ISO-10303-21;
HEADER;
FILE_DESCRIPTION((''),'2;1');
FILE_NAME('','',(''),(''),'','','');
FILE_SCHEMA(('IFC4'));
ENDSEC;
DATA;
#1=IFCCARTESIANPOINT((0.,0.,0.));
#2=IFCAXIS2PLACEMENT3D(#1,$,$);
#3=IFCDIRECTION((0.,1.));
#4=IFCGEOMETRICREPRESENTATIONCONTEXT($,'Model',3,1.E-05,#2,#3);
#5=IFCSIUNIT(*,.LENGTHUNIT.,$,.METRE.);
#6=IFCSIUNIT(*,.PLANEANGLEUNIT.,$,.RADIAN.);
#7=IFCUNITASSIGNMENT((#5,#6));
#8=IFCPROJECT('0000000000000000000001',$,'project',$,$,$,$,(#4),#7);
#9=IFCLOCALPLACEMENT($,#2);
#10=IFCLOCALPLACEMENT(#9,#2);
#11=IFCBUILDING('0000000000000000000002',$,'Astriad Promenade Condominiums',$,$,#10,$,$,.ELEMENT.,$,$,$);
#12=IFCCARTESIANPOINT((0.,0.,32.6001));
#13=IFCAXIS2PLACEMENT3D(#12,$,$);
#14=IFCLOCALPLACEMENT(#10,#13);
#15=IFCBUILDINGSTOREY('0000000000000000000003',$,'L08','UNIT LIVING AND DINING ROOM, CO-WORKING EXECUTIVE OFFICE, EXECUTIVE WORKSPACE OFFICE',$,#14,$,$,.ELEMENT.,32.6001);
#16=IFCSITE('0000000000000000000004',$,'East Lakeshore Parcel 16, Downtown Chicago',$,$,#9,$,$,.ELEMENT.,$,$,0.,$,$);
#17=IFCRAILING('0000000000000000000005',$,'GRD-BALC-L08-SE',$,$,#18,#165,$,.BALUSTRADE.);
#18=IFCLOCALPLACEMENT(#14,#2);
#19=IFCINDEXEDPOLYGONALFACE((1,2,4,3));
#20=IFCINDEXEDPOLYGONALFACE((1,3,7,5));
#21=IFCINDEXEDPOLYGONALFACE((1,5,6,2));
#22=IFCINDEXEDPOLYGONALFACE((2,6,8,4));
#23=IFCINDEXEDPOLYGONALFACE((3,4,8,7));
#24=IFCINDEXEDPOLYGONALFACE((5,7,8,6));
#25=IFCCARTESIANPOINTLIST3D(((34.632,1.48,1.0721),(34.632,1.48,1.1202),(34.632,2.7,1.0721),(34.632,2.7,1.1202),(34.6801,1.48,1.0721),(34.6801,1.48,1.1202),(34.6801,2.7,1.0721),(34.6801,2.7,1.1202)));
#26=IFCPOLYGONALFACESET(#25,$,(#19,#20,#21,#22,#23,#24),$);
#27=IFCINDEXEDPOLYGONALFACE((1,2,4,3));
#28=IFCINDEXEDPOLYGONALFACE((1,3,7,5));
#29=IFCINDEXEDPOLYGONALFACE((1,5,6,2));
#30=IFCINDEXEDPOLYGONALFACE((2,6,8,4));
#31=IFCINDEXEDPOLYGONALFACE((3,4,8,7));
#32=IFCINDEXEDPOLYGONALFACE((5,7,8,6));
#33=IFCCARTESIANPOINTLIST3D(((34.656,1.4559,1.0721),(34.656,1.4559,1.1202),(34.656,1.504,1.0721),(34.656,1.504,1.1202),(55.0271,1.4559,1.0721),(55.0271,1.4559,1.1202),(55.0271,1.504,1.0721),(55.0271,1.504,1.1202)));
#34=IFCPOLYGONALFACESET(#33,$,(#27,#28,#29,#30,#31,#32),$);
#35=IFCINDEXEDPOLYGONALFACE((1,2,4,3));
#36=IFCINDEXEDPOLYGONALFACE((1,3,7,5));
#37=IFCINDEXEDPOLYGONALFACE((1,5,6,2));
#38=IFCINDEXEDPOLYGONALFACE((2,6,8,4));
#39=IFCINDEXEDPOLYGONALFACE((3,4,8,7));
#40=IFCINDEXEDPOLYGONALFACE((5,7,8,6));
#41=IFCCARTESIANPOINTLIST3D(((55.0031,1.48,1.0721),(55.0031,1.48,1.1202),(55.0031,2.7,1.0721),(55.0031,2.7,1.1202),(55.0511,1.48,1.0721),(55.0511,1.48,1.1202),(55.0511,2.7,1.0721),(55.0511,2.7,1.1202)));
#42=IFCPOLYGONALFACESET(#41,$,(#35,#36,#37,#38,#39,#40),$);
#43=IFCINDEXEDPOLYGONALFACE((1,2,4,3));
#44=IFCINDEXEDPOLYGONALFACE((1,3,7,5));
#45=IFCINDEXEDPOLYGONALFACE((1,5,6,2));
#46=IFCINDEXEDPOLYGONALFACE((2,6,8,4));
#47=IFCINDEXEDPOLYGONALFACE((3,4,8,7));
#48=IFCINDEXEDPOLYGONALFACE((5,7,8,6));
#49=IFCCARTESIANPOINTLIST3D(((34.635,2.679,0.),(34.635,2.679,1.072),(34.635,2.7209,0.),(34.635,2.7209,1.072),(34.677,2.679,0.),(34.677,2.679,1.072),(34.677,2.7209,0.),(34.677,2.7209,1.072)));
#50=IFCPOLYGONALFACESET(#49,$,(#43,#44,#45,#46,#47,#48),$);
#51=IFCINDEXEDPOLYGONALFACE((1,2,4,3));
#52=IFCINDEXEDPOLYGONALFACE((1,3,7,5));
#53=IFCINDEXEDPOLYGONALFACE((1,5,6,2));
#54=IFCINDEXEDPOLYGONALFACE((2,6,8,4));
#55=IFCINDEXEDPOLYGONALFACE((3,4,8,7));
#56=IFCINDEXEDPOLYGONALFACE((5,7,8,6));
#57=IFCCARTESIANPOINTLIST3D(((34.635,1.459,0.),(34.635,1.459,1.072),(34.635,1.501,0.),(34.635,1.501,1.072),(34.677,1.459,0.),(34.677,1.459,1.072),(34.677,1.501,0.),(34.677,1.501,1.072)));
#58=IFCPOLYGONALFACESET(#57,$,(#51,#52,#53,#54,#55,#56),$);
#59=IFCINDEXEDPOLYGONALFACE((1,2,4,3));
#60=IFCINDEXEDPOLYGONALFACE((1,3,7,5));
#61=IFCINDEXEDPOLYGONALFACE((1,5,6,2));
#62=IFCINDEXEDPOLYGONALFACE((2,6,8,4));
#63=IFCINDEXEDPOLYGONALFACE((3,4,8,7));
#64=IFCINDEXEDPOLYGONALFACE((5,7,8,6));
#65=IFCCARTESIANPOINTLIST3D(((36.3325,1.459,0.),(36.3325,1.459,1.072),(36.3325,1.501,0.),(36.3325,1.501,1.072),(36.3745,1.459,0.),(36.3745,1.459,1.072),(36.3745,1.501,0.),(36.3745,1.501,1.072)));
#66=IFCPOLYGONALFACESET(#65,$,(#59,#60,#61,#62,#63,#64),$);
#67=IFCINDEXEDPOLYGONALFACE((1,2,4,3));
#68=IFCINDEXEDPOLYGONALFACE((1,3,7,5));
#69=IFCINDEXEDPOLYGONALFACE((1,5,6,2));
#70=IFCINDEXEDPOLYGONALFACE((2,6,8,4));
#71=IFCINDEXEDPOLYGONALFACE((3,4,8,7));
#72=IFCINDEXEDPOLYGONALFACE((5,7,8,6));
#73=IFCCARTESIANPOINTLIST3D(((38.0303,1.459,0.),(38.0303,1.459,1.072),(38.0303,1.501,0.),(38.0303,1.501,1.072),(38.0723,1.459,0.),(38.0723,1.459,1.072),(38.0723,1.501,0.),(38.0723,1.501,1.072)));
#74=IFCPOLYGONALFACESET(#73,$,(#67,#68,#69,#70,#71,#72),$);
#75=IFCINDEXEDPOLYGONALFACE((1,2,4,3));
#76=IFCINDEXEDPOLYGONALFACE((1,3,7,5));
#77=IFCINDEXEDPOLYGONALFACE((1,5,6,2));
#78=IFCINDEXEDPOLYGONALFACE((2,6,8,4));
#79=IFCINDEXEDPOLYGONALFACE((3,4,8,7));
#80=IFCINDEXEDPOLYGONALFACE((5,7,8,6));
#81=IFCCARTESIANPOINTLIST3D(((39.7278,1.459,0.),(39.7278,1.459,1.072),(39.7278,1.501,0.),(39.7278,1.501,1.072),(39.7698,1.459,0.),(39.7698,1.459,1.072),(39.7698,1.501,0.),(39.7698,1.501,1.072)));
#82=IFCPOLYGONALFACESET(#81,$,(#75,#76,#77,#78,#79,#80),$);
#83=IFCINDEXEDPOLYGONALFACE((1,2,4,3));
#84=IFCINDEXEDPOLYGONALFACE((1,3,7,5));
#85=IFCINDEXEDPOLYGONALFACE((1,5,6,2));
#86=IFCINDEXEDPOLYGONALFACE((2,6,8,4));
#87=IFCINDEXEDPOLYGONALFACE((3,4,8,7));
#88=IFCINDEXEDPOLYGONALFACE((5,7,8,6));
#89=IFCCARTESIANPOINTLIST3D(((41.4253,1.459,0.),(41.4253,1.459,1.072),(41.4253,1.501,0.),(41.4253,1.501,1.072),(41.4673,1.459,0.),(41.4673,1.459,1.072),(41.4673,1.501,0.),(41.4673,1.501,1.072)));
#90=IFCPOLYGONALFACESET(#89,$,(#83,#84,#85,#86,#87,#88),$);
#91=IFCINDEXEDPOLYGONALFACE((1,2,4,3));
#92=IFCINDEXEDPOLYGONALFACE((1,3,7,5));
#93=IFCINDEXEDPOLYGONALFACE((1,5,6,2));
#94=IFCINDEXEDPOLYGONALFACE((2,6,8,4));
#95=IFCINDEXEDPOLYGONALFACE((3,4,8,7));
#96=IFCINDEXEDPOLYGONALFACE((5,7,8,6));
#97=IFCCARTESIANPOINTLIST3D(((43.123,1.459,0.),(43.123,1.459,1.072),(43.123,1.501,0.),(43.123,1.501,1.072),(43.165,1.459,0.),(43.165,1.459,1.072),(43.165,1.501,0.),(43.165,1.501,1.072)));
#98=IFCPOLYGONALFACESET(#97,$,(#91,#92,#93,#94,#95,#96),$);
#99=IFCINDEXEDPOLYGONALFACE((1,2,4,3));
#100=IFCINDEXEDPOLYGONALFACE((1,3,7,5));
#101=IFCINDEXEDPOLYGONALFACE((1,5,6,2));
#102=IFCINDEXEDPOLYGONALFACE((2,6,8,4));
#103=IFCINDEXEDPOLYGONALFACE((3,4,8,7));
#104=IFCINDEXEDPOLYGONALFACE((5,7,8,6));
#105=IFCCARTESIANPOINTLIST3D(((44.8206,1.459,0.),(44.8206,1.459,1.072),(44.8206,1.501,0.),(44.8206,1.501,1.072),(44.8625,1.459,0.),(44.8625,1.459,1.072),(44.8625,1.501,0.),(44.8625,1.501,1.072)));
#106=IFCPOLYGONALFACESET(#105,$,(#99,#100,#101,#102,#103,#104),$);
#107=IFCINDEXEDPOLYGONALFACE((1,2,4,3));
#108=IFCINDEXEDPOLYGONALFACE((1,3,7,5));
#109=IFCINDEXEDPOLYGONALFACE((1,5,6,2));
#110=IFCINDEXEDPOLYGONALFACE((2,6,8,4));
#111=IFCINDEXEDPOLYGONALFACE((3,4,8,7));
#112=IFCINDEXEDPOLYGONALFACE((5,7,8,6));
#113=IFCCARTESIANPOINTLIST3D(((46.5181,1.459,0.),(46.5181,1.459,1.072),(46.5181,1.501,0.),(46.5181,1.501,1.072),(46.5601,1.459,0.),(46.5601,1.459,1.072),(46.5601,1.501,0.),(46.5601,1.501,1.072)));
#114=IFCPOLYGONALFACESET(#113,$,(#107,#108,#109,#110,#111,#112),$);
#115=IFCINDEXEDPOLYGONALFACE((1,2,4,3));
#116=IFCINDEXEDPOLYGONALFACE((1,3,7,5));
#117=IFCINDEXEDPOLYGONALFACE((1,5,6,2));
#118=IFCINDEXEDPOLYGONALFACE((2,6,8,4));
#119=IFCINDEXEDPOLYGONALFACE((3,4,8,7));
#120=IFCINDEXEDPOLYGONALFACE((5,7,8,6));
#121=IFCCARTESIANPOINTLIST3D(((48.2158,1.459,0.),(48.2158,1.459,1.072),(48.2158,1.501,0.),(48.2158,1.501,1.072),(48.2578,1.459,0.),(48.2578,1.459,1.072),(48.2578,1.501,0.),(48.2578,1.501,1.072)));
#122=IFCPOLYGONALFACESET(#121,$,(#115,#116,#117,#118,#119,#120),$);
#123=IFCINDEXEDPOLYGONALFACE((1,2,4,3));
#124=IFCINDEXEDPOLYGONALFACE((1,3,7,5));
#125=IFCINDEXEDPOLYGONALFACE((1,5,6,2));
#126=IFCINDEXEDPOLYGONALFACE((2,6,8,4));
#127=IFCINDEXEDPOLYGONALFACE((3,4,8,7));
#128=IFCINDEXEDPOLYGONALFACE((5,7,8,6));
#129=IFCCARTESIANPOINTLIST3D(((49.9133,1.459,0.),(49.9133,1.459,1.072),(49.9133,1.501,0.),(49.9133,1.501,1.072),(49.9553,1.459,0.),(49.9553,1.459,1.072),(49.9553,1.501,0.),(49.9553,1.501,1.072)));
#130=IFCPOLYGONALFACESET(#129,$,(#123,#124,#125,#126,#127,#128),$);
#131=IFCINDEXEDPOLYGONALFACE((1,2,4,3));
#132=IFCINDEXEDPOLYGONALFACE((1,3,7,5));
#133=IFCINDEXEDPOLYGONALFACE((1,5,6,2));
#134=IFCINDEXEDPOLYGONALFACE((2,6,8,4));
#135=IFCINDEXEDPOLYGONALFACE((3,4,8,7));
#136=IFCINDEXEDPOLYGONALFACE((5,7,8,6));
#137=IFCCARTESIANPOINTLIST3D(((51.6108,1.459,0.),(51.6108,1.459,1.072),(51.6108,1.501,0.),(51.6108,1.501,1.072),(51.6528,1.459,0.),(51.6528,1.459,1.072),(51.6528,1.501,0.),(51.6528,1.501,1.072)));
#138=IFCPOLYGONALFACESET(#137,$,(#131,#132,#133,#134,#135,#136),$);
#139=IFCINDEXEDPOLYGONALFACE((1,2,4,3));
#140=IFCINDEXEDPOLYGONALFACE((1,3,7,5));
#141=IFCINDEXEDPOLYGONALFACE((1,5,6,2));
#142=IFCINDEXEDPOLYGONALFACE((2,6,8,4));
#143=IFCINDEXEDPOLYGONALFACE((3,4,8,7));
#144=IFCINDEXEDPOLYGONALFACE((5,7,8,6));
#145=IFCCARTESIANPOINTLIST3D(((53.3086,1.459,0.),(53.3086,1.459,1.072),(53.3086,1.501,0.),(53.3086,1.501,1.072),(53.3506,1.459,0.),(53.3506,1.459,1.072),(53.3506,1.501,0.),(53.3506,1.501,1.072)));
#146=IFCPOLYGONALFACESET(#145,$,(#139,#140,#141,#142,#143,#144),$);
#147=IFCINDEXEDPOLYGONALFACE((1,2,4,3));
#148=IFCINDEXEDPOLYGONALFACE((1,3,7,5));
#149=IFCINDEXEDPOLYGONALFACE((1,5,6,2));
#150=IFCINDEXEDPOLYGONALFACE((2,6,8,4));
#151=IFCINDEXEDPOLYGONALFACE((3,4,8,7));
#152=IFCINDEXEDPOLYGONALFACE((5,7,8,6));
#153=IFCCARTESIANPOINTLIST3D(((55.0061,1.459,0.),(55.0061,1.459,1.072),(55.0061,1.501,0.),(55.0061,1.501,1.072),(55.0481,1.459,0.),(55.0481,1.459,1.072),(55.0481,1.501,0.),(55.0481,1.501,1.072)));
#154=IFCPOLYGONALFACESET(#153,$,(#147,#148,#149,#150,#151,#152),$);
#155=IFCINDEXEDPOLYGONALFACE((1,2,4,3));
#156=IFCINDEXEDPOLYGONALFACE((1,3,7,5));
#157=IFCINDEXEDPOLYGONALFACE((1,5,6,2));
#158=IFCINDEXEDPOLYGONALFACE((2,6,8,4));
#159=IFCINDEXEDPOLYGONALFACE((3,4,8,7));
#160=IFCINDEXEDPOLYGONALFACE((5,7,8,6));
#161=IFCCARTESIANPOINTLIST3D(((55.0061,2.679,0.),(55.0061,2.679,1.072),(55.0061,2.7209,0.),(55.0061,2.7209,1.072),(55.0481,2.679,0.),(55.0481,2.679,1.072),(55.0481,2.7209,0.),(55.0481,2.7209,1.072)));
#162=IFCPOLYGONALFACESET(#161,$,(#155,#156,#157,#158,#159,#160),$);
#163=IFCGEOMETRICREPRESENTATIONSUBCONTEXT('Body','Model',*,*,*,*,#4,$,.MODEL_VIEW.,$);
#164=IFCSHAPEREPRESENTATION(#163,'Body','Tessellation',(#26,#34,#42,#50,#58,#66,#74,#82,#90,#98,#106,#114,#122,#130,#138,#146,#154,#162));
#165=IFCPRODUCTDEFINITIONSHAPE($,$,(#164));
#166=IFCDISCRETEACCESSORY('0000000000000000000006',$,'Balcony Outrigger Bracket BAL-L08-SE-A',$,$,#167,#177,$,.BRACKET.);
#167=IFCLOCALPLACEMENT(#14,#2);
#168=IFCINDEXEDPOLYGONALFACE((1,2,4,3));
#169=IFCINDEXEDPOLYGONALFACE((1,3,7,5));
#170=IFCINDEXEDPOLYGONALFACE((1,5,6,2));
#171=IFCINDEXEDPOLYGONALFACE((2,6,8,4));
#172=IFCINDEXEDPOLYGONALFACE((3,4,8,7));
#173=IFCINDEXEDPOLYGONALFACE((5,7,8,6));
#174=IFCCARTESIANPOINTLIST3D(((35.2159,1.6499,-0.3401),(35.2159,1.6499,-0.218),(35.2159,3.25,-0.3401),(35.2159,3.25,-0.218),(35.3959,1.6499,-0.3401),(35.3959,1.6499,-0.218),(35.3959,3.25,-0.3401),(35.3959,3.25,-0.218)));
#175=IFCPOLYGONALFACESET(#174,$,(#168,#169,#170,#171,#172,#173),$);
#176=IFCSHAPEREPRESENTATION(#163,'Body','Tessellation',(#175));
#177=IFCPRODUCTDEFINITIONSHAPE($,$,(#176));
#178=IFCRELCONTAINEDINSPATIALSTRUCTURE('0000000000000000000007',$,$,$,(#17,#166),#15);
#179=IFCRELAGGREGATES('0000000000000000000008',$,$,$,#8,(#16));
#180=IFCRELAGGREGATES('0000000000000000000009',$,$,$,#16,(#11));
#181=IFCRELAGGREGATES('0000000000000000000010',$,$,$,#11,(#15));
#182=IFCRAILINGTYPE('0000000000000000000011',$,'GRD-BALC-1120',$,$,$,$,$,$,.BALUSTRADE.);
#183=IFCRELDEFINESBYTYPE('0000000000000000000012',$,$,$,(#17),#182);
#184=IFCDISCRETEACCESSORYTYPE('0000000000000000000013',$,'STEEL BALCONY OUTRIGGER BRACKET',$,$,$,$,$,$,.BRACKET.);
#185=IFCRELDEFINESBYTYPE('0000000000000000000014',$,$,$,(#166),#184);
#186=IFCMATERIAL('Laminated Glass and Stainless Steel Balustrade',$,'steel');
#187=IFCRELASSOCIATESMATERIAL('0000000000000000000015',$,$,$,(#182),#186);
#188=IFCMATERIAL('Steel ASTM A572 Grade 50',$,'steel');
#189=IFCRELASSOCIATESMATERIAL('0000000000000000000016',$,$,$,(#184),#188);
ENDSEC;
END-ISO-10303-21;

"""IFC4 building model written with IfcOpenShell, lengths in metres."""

from ifc_helpers import new_model, si_unit, direction, frame, origin, origin_2d, place, context, subcontext, project, spatial, rectangle, extrude, source, transform, mapped, material, type_object, type_shapes, element, save


model = new_model("IFC4")

# Units and contexts
model_context = context("Model", 3, precision=1e-05, world=origin(), true_north=direction((0.0, 1.0)))
body_context = subcontext(model_context, "Body", "Model", "MODEL_VIEW")
ifc_project = project(units=[si_unit("LENGTHUNIT", "METRE"), si_unit("PLANEANGLEUNIT", "RADIAN")], contexts=[model_context])

# Site, building, storey
site_placement = place(None, origin())
site = spatial("IfcSite", under=ifc_project, at=site_placement, Name="East Lakeshore Parcel 16, Downtown Chicago", CompositionType="ELEMENT", RefElevation=0.0)
building_placement = place(site_placement, origin())
building = spatial("IfcBuilding", under=site, at=building_placement, Name="Astriad Promenade Condominiums", CompositionType="ELEMENT")
storey_placement = place(building_placement, frame((0.0, 0.0, 32.6001)))
storey = spatial("IfcBuildingStorey", under=building, at=storey_placement, Name="L08", Description="UNIT LIVING AND DINING ROOM, CO-WORKING EXECUTIVE OFFICE, EXECUTIVE WORKSPACE OFFICE", CompositionType="ELEMENT", Elevation=32.6001)

# Railing
ifc_material_1 = material(Name="Laminated Glass and Stainless Steel Balustrade", Category="steel")
railing_type = type_object("IfcRailingType", Name="GRD-BALC-1120", PredefinedType="BALUSTRADE", material=ifc_material_1)
shared_shape_1 = source(origin(), body_context, "Body", "SweptSolid", [
    extrude(rectangle(XDim=0.0481, YDim=0.0481, at=origin_2d()), frame((0.0, 0.0, 1.0962), z_axis=(0.0, -1.0, 0.0), x_axis=(1.0, 0.0, 0.0)), (0.0, 0.0, 1.0), 1.22),
    extrude(rectangle(XDim=0.0481, YDim=0.0481, at=origin_2d()), frame((0.0, -1.22, 1.0962), z_axis=(1.0, 0.0, 0.0), x_axis=(0.0, 1.0, 0.0)), (0.0, 0.0, 1.0), 20.3711),
    extrude(rectangle(XDim=0.0481, YDim=0.0481, at=origin_2d()), frame((20.3711, -1.22, 1.0962), z_axis=(0.0, 1.0, 0.0), x_axis=(-1.0, 0.0, 0.0)), (0.0, 0.0, 1.0), 1.22),
    extrude(rectangle(XDim=0.042, YDim=0.042, at=origin_2d()), origin(), (0.0, 0.0, 1.0), 1.072),
    extrude(rectangle(XDim=0.042, YDim=0.042, at=origin_2d()), frame((0.0, -1.22, 0.0)), (0.0, 0.0, 1.0), 1.072),
    extrude(rectangle(XDim=0.042, YDim=0.042, at=origin_2d()), frame((1.6975, -1.22, 0.0)), (0.0, 0.0, 1.0), 1.072),
    extrude(rectangle(XDim=0.042, YDim=0.042, at=origin_2d()), frame((3.3953, -1.22, 0.0)), (0.0, 0.0, 1.0), 1.072),
    extrude(rectangle(XDim=0.042, YDim=0.042, at=origin_2d()), frame((5.0928, -1.22, 0.0)), (0.0, 0.0, 1.0), 1.072),
    extrude(rectangle(XDim=0.042, YDim=0.042, at=origin_2d()), frame((6.7903, -1.22, 0.0)), (0.0, 0.0, 1.0), 1.072),
    extrude(rectangle(XDim=0.042, YDim=0.042, at=origin_2d()), frame((8.488, -1.22, 0.0)), (0.0, 0.0, 1.0), 1.072),
    extrude(rectangle(XDim=0.042, YDim=0.042, at=origin_2d()), frame((10.1855, -1.22, 0.0)), (0.0, 0.0, 1.0), 1.072),
    extrude(rectangle(XDim=0.042, YDim=0.042, at=origin_2d()), frame((11.8831, -1.22, 0.0)), (0.0, 0.0, 1.0), 1.072),
    extrude(rectangle(XDim=0.042, YDim=0.042, at=origin_2d()), frame((13.5808, -1.22, 0.0)), (0.0, 0.0, 1.0), 1.072),
    extrude(rectangle(XDim=0.042, YDim=0.042, at=origin_2d()), frame((15.2783, -1.22, 0.0)), (0.0, 0.0, 1.0), 1.072),
    extrude(rectangle(XDim=0.042, YDim=0.042, at=origin_2d()), frame((16.9758, -1.22, 0.0)), (0.0, 0.0, 1.0), 1.072),
    extrude(rectangle(XDim=0.042, YDim=0.042, at=origin_2d()), frame((18.6736, -1.22, 0.0)), (0.0, 0.0, 1.0), 1.072),
    extrude(rectangle(XDim=0.042, YDim=0.042, at=origin_2d()), frame((20.3711, -1.22, 0.0)), (0.0, 0.0, 1.0), 1.072),
    extrude(rectangle(XDim=0.042, YDim=0.042, at=origin_2d()), frame((20.3711, 0.0, 0.0)), (0.0, 0.0, 1.0), 1.072),
])
type_shapes(railing_type, [shared_shape_1])
railing_placement = place(storey_placement, frame((34.656, 2.7, 0.0)))
element("IfcRailing", 1, at=railing_placement, inside=storey, type_object=railing_type, Name="GRD-BALC-L08-SE", PredefinedType="BALUSTRADE", context=body_context, shape_type="MappedRepresentation", body=[
    mapped(shared_shape_1, transform((0.0, 0.0, 0.0), scale=1.0)),
])

# Discrete accessory
ifc_material_2 = material(Name="Steel ASTM A572 Grade 50", Category="steel")
discrete_accessory_type = type_object("IfcDiscreteAccessoryType", Name="STEEL BALCONY OUTRIGGER BRACKET", PredefinedType="BRACKET", material=ifc_material_2)
shared_shape_2 = source(origin(), body_context, "Body", "SweptSolid", [
    extrude(rectangle(XDim=1.6001, YDim=0.1799, at=origin_2d()), origin(), (0.0, 0.0, 1.0), 0.1221),
])
type_shapes(discrete_accessory_type, [shared_shape_2])
discrete_accessory_placement = place(storey_placement, frame((35.3059, 2.45, -0.3401), z_axis=(0.0, 0.0, 1.0), x_axis=(0.0, -1.0, 0.0)))
element("IfcDiscreteAccessory", 2, at=discrete_accessory_placement, inside=storey, type_object=discrete_accessory_type, Name="Balcony Outrigger Bracket BAL-L08-SE-A", PredefinedType="BRACKET", context=body_context, shape_type="MappedRepresentation", body=[
    mapped(shared_shape_2, transform((0.0, 0.0, 0.0), scale=1.0)),
])

save(model, "model.ifc")
